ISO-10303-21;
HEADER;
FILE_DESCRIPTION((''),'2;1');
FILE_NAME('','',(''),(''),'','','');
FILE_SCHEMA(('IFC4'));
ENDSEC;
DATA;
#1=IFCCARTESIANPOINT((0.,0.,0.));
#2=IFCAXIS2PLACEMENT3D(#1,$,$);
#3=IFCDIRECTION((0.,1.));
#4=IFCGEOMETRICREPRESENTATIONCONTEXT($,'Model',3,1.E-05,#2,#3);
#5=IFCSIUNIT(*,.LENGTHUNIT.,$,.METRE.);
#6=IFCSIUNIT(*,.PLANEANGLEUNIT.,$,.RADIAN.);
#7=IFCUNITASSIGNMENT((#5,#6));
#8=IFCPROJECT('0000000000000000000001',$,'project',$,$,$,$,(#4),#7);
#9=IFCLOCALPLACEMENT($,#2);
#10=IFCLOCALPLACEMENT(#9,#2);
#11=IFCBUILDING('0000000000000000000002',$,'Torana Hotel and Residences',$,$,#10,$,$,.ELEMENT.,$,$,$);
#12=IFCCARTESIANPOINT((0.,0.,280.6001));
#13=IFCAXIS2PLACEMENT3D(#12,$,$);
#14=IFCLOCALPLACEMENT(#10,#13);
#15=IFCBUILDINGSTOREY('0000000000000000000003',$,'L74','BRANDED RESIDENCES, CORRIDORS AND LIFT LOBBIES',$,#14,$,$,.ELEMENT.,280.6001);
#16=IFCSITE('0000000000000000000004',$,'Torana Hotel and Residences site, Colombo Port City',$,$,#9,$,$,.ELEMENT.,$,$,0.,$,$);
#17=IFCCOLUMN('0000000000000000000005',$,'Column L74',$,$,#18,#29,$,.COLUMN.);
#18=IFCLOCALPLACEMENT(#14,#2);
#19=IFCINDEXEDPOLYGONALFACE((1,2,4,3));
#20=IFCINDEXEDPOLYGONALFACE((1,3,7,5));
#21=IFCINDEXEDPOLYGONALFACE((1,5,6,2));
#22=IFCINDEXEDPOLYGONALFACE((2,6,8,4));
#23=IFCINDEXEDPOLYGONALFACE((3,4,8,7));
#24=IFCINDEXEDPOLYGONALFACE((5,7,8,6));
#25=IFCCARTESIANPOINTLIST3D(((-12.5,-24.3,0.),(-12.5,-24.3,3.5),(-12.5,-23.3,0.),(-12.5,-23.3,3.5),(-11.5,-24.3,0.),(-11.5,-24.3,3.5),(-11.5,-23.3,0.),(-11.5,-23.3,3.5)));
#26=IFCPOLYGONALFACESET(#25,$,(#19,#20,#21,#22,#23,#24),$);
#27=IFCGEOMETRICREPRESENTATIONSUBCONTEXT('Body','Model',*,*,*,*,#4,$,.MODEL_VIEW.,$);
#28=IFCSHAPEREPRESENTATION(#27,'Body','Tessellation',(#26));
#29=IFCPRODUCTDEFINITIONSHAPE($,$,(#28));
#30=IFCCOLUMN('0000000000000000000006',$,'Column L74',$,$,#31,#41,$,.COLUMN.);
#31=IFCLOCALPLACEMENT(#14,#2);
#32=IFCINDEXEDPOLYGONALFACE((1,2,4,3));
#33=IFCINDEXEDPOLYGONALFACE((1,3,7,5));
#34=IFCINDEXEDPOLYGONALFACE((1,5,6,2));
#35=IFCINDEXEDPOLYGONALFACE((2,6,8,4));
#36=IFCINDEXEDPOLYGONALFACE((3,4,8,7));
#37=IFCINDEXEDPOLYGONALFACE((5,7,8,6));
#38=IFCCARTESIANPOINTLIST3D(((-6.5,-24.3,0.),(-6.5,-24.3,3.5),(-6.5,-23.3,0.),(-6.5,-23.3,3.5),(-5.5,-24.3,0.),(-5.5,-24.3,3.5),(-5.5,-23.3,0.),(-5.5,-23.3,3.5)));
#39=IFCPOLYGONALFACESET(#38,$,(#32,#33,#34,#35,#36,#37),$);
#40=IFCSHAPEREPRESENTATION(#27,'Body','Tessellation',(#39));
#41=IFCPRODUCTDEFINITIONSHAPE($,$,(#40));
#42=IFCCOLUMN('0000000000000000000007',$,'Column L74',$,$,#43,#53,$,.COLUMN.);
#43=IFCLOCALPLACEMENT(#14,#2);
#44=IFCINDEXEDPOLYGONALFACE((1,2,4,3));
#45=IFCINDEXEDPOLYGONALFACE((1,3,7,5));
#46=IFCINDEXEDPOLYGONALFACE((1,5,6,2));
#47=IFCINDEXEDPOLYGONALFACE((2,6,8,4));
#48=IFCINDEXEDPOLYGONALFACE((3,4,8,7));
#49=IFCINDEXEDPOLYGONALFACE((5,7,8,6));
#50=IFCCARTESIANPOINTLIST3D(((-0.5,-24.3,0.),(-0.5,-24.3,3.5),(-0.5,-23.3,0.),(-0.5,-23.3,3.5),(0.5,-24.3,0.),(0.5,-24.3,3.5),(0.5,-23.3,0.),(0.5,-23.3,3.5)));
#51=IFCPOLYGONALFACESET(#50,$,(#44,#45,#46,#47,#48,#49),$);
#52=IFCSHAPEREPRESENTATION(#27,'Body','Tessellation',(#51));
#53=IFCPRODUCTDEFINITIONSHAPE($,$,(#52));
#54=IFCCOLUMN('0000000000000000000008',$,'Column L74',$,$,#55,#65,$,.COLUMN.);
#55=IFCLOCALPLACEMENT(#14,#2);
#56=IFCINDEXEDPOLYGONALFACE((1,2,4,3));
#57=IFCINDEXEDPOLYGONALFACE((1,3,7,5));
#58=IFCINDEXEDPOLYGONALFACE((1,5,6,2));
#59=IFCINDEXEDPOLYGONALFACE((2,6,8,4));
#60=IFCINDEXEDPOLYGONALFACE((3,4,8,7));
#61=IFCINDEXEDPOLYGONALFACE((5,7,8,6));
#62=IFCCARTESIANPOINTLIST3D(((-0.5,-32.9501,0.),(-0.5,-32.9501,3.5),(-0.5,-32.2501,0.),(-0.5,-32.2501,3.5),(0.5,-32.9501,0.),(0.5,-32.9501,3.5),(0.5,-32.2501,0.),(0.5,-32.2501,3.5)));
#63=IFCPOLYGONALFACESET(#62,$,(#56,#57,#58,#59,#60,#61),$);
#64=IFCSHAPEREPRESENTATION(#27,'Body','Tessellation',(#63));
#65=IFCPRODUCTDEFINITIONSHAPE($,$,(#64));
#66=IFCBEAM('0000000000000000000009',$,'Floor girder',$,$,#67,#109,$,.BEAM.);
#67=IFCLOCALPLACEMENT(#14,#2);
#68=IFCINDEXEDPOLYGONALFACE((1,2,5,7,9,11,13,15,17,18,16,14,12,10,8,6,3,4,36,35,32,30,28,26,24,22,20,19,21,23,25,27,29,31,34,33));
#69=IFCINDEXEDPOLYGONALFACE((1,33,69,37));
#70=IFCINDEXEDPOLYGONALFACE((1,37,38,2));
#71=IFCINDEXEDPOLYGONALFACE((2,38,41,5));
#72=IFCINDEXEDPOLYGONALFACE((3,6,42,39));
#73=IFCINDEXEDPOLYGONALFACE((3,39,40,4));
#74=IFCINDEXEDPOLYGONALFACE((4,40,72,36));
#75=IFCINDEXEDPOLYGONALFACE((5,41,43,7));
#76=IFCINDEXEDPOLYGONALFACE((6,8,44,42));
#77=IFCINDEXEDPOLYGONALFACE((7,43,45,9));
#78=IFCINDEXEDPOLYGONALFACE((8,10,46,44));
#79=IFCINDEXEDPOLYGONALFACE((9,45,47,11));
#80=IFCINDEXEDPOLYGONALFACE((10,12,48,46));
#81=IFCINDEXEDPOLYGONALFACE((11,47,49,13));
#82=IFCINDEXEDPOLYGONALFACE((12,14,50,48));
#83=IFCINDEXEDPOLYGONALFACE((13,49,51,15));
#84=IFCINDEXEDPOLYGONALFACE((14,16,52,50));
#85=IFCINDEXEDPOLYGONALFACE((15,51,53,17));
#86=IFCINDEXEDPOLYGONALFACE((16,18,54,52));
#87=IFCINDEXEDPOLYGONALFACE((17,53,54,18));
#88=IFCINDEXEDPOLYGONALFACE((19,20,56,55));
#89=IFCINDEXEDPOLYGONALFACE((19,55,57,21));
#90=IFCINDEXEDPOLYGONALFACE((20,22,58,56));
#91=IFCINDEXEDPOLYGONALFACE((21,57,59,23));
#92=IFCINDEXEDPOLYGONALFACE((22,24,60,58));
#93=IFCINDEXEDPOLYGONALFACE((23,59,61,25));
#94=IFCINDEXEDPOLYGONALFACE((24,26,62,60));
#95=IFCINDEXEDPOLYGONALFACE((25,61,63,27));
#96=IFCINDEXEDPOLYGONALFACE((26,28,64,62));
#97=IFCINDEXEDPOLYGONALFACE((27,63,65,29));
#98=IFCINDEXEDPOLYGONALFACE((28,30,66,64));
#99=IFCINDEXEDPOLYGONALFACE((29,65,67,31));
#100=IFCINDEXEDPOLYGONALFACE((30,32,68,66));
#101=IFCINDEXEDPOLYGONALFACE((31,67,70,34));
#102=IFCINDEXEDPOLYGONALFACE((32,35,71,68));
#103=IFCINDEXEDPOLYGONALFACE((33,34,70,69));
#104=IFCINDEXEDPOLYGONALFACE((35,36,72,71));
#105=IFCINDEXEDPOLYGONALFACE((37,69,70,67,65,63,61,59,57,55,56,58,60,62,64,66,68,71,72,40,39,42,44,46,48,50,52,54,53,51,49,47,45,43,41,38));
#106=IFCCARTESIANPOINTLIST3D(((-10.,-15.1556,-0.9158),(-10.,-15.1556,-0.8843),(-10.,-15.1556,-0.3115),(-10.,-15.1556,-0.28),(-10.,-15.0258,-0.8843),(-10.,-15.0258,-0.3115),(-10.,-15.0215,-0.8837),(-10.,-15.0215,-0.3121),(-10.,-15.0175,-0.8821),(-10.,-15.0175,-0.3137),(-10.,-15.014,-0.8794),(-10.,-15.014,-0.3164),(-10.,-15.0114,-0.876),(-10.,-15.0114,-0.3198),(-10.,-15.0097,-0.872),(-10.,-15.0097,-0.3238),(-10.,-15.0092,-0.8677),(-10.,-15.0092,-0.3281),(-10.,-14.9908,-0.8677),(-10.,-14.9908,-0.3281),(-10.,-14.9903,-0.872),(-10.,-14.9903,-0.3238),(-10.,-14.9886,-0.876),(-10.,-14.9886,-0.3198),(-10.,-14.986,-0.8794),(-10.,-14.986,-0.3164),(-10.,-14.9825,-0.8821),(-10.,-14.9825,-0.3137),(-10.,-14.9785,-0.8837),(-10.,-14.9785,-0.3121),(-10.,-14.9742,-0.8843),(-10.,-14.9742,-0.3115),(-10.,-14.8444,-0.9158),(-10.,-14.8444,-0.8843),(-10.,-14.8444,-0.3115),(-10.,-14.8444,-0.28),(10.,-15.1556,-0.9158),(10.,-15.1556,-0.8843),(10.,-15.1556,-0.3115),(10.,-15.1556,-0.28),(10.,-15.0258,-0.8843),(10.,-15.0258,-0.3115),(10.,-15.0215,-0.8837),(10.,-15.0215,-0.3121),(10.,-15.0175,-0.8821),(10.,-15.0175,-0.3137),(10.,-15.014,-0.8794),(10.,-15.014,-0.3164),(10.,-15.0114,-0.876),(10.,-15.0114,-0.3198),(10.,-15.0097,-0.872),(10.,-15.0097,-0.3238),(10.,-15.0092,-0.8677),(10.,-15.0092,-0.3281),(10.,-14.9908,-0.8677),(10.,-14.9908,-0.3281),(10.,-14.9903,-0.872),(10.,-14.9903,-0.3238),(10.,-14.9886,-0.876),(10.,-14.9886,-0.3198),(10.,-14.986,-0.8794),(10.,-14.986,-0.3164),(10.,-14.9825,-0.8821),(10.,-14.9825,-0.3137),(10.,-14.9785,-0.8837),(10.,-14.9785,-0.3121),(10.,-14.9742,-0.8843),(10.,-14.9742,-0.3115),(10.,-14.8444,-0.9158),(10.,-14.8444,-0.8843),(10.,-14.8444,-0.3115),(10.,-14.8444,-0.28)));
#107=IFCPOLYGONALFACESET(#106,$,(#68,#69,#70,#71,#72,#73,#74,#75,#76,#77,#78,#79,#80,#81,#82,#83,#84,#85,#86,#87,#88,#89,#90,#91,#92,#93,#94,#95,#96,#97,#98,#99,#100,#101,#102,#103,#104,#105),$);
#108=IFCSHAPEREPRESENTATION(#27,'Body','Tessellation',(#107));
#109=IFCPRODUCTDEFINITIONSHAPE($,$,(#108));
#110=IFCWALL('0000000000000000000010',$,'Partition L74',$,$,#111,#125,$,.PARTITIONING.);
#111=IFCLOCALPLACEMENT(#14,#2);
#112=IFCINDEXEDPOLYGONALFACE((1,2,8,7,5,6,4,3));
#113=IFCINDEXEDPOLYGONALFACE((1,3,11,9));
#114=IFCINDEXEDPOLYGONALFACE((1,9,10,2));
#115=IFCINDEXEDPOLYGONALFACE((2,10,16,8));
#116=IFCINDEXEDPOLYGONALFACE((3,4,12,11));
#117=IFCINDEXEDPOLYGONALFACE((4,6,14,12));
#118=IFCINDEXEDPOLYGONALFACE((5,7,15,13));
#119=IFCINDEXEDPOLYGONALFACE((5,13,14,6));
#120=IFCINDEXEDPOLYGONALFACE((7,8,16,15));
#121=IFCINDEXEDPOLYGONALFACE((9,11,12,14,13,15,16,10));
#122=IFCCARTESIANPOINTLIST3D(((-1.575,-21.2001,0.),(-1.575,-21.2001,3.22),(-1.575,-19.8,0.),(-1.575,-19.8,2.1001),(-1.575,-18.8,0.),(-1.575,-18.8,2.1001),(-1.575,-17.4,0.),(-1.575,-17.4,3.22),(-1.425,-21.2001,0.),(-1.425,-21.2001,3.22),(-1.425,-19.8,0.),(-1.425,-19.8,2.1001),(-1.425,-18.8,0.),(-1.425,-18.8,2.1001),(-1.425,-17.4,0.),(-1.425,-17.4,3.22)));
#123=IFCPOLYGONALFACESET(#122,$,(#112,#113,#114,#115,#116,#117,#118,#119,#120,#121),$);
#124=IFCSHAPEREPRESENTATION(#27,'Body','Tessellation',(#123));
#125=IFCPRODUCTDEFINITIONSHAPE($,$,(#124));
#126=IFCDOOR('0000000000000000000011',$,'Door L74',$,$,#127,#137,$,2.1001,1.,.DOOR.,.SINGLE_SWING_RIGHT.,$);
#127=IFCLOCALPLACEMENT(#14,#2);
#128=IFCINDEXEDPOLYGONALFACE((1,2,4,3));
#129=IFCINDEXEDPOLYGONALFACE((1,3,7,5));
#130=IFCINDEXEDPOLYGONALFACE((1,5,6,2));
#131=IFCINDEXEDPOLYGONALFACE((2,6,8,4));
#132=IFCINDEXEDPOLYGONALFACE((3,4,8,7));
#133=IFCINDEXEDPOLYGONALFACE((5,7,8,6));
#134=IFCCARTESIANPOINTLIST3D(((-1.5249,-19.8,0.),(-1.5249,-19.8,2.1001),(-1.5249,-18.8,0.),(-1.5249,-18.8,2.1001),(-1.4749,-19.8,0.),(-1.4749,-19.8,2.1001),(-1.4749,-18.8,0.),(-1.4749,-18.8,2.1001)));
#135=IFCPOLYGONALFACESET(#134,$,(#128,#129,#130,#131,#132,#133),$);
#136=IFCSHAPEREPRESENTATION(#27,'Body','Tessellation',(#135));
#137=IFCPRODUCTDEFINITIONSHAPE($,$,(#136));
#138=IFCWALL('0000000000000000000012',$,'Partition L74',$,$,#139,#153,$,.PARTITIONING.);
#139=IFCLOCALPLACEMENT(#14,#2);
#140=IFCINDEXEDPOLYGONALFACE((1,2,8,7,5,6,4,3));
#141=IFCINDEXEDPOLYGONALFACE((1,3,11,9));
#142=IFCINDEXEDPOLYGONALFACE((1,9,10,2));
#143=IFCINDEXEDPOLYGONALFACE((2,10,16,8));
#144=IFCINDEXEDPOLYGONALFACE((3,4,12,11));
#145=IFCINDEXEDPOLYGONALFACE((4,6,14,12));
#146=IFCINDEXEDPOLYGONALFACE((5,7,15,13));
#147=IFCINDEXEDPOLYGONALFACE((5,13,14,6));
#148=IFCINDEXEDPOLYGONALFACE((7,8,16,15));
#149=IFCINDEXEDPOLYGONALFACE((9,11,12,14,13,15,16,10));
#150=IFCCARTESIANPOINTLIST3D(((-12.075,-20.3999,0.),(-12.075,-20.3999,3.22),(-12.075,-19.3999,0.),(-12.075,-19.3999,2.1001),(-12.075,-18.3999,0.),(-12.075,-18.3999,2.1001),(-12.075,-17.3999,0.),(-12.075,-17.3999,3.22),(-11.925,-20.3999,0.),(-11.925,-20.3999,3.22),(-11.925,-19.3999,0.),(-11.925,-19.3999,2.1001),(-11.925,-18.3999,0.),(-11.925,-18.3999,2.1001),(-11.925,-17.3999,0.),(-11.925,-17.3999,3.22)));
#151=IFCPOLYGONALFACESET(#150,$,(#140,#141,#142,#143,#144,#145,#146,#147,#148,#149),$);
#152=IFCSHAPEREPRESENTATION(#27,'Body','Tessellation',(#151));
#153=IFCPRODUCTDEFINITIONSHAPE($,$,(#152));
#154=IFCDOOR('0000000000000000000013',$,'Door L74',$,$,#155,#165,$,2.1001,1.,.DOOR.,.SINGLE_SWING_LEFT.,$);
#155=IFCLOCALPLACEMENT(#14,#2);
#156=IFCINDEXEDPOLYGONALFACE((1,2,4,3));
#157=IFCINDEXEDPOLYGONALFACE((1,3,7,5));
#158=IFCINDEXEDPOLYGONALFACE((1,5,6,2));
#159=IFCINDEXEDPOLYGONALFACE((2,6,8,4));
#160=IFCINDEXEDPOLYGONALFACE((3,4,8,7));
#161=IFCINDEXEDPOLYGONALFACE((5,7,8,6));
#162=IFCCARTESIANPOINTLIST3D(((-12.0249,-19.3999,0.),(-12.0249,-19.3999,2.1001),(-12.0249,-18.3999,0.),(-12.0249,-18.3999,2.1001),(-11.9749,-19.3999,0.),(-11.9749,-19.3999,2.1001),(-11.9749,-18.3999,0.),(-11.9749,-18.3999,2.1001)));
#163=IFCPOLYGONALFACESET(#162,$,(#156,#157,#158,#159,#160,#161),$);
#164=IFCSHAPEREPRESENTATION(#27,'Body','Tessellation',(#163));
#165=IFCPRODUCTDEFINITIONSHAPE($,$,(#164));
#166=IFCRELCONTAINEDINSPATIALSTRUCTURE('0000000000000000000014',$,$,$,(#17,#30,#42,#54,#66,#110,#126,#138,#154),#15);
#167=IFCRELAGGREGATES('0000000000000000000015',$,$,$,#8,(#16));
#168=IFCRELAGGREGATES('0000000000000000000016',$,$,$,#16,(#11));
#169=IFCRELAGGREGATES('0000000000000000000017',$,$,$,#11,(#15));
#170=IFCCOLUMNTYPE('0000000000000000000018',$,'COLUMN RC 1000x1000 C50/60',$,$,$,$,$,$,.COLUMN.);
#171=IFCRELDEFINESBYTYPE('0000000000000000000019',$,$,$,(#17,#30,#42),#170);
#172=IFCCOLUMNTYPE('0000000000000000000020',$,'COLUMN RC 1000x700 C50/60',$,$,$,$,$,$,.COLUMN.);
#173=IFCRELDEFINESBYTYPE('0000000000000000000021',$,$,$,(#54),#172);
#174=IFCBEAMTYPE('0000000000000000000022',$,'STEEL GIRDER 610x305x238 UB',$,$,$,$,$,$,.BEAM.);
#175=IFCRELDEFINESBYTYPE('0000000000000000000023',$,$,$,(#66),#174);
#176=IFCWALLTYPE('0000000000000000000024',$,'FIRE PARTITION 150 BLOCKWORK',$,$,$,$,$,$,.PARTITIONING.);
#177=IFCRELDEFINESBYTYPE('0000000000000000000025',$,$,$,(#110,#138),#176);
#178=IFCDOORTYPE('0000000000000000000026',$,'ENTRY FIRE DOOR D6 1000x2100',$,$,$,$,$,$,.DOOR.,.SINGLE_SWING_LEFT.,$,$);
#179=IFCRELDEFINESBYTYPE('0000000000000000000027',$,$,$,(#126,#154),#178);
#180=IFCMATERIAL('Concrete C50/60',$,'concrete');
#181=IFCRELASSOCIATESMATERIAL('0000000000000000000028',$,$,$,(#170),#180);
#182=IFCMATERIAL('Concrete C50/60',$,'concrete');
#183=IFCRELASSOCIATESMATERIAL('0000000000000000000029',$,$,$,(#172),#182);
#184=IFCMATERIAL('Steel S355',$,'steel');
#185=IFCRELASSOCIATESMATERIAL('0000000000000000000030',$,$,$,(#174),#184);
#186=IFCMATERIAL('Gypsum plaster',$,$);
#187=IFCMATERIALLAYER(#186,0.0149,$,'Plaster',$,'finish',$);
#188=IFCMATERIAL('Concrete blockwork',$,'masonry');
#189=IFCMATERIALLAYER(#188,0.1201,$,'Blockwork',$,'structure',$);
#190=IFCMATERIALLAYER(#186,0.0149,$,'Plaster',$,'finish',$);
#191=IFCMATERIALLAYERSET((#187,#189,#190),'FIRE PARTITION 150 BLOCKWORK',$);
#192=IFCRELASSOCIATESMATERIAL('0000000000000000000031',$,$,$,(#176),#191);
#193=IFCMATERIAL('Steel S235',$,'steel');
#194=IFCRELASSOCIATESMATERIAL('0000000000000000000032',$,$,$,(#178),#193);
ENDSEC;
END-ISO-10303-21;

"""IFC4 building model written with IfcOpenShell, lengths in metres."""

from ifc_helpers import new_model, si_unit, direction, frame, frame_2d, origin, origin_2d, place, context, subcontext, project, spatial, rectangle, i_section, extrude, material, layer, layer_set, material_profile, profile_set, type_object, element, fill, save


model = new_model("IFC4")

# Units and contexts
model_context = context("Model", 3, precision=1e-05, world=origin(), true_north=direction((0.0, 1.0)))
body_context = subcontext(model_context, "Body", "Model", "MODEL_VIEW")
ifc_project = project(units=[si_unit("LENGTHUNIT", "METRE"), si_unit("PLANEANGLEUNIT", "RADIAN")], contexts=[model_context])

# Site, building, storey
site_placement = place(None, origin())
site = spatial("IfcSite", under=ifc_project, at=site_placement, Name="Torana Hotel and Residences site, Colombo Port City", CompositionType="ELEMENT", RefElevation=0.0)
building_placement = place(site_placement, origin())
building = spatial("IfcBuilding", under=site, at=building_placement, Name="Torana Hotel and Residences", CompositionType="ELEMENT")
storey_placement = place(building_placement, frame((0.0, 0.0, 280.6001)))
storey = spatial("IfcBuildingStorey", under=building, at=storey_placement, Name="L74", Description="BRANDED RESIDENCES, CORRIDORS AND LIFT LOBBIES", CompositionType="ELEMENT", Elevation=280.6001)

# Columns
ifc_material_1 = material(Name="Concrete C50/60", Category="concrete")
ifc_material_profile_1 = material_profile(ifc_material_1, rectangle(XDim=1.0, YDim=1.0, at=origin_2d()), Name="RC 1000x1000")
ifc_profile_set_1 = profile_set([ifc_material_profile_1], Name="Concrete C50/60")
column_type_1 = type_object("IfcColumnType", Name="COLUMN RC 1000x1000 C50/60", PredefinedType="COLUMN", material=ifc_profile_set_1)
for number, where, z_axis, x_axis, name in (
    (1, (-12.0, -23.8, 0.0), (0.0, 0.0, 1.0), (1.0, 0.0, 0.0), "Column L74"),
    (2, (-6.0, -23.8, 0.0), (0.0, 0.0, 1.0), (1.0, 0.0, 0.0), "Column L74"),
    (3, (0.0, -23.8, 0.0), (0.0, 0.0, 1.0), (1.0, 0.0, 0.0), "Column L74"),
):
    element("IfcColumn", number, at=place(storey_placement, frame(where, z_axis=z_axis, x_axis=x_axis)), inside=storey, type_object=column_type_1, Name=name, PredefinedType="COLUMN", context=body_context, shape_type="SweptSolid", body=[
        extrude(rectangle(XDim=1.0, YDim=1.0, at=origin_2d()), origin(), (0.0, 0.0, 1.0), 3.5),
    ])
ifc_material_2 = material(Name="Concrete C50/60", Category="concrete")
ifc_material_profile_2 = material_profile(ifc_material_2, rectangle(XDim=1.0, YDim=0.7, at=origin_2d()), Name="RC 1000x700")
ifc_profile_set_2 = profile_set([ifc_material_profile_2], Name="Concrete C50/60")
column_type_2 = type_object("IfcColumnType", Name="COLUMN RC 1000x700 C50/60", PredefinedType="COLUMN", material=ifc_profile_set_2)
column_placement = place(storey_placement, frame((0.0, -32.6001, 0.0), z_axis=(0.0, 0.0, 1.0), x_axis=(1.0, 0.0, 0.0)))
element("IfcColumn", 4, at=column_placement, inside=storey, type_object=column_type_2, Name="Column L74", PredefinedType="COLUMN", context=body_context, shape_type="SweptSolid", body=[
    extrude(rectangle(XDim=1.0, YDim=0.7, at=origin_2d()), origin(), (0.0, 0.0, 1.0), 3.5),
])

# Beam
ifc_material_3 = material(Name="Steel S355", Category="steel")
ifc_material_profile_3 = material_profile(ifc_material_3, i_section(OverallWidth=0.3113, OverallDepth=0.6357, WebThickness=0.0183, FlangeThickness=0.0315, FilletRadius=0.0166, at=origin_2d()), Name="610x305x238 UB")
ifc_profile_set_3 = profile_set([ifc_material_profile_3], Name="Steel S355")
beam_type = type_object("IfcBeamType", Name="STEEL GIRDER 610x305x238 UB", PredefinedType="BEAM", material=ifc_profile_set_3)
beam_placement = place(storey_placement, frame((-10.0, -15.0, -0.5979), z_axis=(1.0, 0.0, 0.0), x_axis=(0.0, 1.0, 0.0)))
element("IfcBeam", 5, at=beam_placement, inside=storey, type_object=beam_type, Name="Floor girder", PredefinedType="BEAM", context=body_context, shape_type="SweptSolid", body=[
    extrude(i_section(OverallWidth=0.3113, OverallDepth=0.6357, WebThickness=0.0183, FlangeThickness=0.0315, FilletRadius=0.0166, at=origin_2d()), origin(), (0.0, 0.0, 1.0), 20.0),
])

# Walls, openings, doors
ifc_material_4 = material(Name="Gypsum plaster")
ifc_layer_1 = layer(ifc_material_4, 0.0149, Name="Plaster", Category="finish")
ifc_material_5 = material(Name="Concrete blockwork", Category="masonry")
ifc_layer_2 = layer(ifc_material_5, 0.1201, Name="Blockwork", Category="structure")
ifc_layer_3 = layer(ifc_material_4, 0.0149, Name="Plaster", Category="finish")
ifc_layer_set_1 = layer_set([ifc_layer_1, ifc_layer_2, ifc_layer_3], Name="FIRE PARTITION 150 BLOCKWORK")
wall_type_1 = type_object("IfcWallType", Name="FIRE PARTITION 150 BLOCKWORK", PredefinedType="PARTITIONING", material=ifc_layer_set_1)
wall_1_placement = place(storey_placement, frame((-1.5, -21.2, 0.0), z_axis=(0.0, 0.0, 1.0), x_axis=(0.0, 1.0, 0.0)))
wall_1 = element("IfcWall", 6, at=wall_1_placement, inside=storey, type_object=wall_type_1, Name="Partition L74", PredefinedType="PARTITIONING", context=body_context, shape_type="SweptSolid", body=[
    extrude(rectangle(XDim=3.8, YDim=0.1499, at=frame_2d((1.8999, 0.0))), origin(), (0.0, 0.0, 1.0), 3.22),
])
opening_1_placement = place(wall_1_placement, frame((1.3999, 0.0, 0.0)))
opening_1 = element("IfcOpeningElement", 7, at=opening_1_placement, cuts=wall_1, PredefinedType="OPENING", context=body_context, shape_type="SweptSolid", body=[
    extrude(rectangle(XDim=1.0, YDim=2.1001, at=frame_2d((0.5, 1.05))), frame((0.0, 0.085, 0.0), z_axis=(0.0, -1.0, 0.0), x_axis=(1.0, 0.0, 0.0)), (0.0, 0.0, 1.0), 0.1699),
])
ifc_material_6 = material(Name="Steel S235", Category="steel")
door_type_1 = type_object("IfcDoorType", Name="ENTRY FIRE DOOR D6 1000x2100", OperationType="SINGLE_SWING_LEFT", PredefinedType="DOOR", material=ifc_material_6)
door_1_placement = place(opening_1_placement, origin())
door_1 = element("IfcDoor", 8, at=door_1_placement, inside=storey, type_object=door_type_1, Name="Door L74", OperationType="SINGLE_SWING_RIGHT", OverallHeight=2.1001, OverallWidth=1.0, PredefinedType="DOOR", context=body_context, shape_type="SweptSolid", body=[
    extrude(rectangle(XDim=1.0, YDim=2.1001, at=frame_2d((0.5, 1.05))), frame((0.0, 0.0249, 0.0), z_axis=(0.0, -1.0, 0.0), x_axis=(1.0, 0.0, 0.0)), (0.0, 0.0, 1.0), 0.05),
])
fill(opening_1, door_1)
wall_2_placement = place(storey_placement, frame((-12.0, -20.3999, 0.0), z_axis=(0.0, 0.0, 1.0), x_axis=(0.0, 1.0, 0.0)))
wall_2 = element("IfcWall", 9, at=wall_2_placement, inside=storey, type_object=wall_type_1, Name="Partition L74", PredefinedType="PARTITIONING", context=body_context, shape_type="SweptSolid", body=[
    extrude(rectangle(XDim=3.0, YDim=0.1499, at=frame_2d((1.5, 0.0))), origin(), (0.0, 0.0, 1.0), 3.22),
])
opening_2_placement = place(wall_2_placement, frame((1.0, 0.0, 0.0)))
opening_2 = element("IfcOpeningElement", 10, at=opening_2_placement, cuts=wall_2, PredefinedType="OPENING", context=body_context, shape_type="SweptSolid", body=[
    extrude(rectangle(XDim=1.0, YDim=2.1001, at=frame_2d((0.5, 1.05))), frame((0.0, 0.085, 0.0), z_axis=(0.0, -1.0, 0.0), x_axis=(1.0, 0.0, 0.0)), (0.0, 0.0, 1.0), 0.1699),
])
door_2_placement = place(opening_2_placement, frame((0.5, 0.0, 0.0), z_axis=(0.0, 0.0, 1.0), x_axis=(-1.0, 0.0, 0.0)))
door_2 = element("IfcDoor", 11, at=door_2_placement, inside=storey, type_object=door_type_1, Name="Door L74", OperationType="SINGLE_SWING_LEFT", OverallHeight=2.1001, OverallWidth=1.0, PredefinedType="DOOR", context=body_context, shape_type="SweptSolid", body=[
    extrude(rectangle(XDim=1.0, YDim=2.1001, at=frame_2d((0.0, 1.05))), frame((0.0, -0.0249, 0.0), z_axis=(0.0, 1.0, 0.0), x_axis=(-1.0, 0.0, 0.0)), (0.0, 0.0, 1.0), 0.05),
])
fill(opening_2, door_2)

save(model, "model.ifc")
